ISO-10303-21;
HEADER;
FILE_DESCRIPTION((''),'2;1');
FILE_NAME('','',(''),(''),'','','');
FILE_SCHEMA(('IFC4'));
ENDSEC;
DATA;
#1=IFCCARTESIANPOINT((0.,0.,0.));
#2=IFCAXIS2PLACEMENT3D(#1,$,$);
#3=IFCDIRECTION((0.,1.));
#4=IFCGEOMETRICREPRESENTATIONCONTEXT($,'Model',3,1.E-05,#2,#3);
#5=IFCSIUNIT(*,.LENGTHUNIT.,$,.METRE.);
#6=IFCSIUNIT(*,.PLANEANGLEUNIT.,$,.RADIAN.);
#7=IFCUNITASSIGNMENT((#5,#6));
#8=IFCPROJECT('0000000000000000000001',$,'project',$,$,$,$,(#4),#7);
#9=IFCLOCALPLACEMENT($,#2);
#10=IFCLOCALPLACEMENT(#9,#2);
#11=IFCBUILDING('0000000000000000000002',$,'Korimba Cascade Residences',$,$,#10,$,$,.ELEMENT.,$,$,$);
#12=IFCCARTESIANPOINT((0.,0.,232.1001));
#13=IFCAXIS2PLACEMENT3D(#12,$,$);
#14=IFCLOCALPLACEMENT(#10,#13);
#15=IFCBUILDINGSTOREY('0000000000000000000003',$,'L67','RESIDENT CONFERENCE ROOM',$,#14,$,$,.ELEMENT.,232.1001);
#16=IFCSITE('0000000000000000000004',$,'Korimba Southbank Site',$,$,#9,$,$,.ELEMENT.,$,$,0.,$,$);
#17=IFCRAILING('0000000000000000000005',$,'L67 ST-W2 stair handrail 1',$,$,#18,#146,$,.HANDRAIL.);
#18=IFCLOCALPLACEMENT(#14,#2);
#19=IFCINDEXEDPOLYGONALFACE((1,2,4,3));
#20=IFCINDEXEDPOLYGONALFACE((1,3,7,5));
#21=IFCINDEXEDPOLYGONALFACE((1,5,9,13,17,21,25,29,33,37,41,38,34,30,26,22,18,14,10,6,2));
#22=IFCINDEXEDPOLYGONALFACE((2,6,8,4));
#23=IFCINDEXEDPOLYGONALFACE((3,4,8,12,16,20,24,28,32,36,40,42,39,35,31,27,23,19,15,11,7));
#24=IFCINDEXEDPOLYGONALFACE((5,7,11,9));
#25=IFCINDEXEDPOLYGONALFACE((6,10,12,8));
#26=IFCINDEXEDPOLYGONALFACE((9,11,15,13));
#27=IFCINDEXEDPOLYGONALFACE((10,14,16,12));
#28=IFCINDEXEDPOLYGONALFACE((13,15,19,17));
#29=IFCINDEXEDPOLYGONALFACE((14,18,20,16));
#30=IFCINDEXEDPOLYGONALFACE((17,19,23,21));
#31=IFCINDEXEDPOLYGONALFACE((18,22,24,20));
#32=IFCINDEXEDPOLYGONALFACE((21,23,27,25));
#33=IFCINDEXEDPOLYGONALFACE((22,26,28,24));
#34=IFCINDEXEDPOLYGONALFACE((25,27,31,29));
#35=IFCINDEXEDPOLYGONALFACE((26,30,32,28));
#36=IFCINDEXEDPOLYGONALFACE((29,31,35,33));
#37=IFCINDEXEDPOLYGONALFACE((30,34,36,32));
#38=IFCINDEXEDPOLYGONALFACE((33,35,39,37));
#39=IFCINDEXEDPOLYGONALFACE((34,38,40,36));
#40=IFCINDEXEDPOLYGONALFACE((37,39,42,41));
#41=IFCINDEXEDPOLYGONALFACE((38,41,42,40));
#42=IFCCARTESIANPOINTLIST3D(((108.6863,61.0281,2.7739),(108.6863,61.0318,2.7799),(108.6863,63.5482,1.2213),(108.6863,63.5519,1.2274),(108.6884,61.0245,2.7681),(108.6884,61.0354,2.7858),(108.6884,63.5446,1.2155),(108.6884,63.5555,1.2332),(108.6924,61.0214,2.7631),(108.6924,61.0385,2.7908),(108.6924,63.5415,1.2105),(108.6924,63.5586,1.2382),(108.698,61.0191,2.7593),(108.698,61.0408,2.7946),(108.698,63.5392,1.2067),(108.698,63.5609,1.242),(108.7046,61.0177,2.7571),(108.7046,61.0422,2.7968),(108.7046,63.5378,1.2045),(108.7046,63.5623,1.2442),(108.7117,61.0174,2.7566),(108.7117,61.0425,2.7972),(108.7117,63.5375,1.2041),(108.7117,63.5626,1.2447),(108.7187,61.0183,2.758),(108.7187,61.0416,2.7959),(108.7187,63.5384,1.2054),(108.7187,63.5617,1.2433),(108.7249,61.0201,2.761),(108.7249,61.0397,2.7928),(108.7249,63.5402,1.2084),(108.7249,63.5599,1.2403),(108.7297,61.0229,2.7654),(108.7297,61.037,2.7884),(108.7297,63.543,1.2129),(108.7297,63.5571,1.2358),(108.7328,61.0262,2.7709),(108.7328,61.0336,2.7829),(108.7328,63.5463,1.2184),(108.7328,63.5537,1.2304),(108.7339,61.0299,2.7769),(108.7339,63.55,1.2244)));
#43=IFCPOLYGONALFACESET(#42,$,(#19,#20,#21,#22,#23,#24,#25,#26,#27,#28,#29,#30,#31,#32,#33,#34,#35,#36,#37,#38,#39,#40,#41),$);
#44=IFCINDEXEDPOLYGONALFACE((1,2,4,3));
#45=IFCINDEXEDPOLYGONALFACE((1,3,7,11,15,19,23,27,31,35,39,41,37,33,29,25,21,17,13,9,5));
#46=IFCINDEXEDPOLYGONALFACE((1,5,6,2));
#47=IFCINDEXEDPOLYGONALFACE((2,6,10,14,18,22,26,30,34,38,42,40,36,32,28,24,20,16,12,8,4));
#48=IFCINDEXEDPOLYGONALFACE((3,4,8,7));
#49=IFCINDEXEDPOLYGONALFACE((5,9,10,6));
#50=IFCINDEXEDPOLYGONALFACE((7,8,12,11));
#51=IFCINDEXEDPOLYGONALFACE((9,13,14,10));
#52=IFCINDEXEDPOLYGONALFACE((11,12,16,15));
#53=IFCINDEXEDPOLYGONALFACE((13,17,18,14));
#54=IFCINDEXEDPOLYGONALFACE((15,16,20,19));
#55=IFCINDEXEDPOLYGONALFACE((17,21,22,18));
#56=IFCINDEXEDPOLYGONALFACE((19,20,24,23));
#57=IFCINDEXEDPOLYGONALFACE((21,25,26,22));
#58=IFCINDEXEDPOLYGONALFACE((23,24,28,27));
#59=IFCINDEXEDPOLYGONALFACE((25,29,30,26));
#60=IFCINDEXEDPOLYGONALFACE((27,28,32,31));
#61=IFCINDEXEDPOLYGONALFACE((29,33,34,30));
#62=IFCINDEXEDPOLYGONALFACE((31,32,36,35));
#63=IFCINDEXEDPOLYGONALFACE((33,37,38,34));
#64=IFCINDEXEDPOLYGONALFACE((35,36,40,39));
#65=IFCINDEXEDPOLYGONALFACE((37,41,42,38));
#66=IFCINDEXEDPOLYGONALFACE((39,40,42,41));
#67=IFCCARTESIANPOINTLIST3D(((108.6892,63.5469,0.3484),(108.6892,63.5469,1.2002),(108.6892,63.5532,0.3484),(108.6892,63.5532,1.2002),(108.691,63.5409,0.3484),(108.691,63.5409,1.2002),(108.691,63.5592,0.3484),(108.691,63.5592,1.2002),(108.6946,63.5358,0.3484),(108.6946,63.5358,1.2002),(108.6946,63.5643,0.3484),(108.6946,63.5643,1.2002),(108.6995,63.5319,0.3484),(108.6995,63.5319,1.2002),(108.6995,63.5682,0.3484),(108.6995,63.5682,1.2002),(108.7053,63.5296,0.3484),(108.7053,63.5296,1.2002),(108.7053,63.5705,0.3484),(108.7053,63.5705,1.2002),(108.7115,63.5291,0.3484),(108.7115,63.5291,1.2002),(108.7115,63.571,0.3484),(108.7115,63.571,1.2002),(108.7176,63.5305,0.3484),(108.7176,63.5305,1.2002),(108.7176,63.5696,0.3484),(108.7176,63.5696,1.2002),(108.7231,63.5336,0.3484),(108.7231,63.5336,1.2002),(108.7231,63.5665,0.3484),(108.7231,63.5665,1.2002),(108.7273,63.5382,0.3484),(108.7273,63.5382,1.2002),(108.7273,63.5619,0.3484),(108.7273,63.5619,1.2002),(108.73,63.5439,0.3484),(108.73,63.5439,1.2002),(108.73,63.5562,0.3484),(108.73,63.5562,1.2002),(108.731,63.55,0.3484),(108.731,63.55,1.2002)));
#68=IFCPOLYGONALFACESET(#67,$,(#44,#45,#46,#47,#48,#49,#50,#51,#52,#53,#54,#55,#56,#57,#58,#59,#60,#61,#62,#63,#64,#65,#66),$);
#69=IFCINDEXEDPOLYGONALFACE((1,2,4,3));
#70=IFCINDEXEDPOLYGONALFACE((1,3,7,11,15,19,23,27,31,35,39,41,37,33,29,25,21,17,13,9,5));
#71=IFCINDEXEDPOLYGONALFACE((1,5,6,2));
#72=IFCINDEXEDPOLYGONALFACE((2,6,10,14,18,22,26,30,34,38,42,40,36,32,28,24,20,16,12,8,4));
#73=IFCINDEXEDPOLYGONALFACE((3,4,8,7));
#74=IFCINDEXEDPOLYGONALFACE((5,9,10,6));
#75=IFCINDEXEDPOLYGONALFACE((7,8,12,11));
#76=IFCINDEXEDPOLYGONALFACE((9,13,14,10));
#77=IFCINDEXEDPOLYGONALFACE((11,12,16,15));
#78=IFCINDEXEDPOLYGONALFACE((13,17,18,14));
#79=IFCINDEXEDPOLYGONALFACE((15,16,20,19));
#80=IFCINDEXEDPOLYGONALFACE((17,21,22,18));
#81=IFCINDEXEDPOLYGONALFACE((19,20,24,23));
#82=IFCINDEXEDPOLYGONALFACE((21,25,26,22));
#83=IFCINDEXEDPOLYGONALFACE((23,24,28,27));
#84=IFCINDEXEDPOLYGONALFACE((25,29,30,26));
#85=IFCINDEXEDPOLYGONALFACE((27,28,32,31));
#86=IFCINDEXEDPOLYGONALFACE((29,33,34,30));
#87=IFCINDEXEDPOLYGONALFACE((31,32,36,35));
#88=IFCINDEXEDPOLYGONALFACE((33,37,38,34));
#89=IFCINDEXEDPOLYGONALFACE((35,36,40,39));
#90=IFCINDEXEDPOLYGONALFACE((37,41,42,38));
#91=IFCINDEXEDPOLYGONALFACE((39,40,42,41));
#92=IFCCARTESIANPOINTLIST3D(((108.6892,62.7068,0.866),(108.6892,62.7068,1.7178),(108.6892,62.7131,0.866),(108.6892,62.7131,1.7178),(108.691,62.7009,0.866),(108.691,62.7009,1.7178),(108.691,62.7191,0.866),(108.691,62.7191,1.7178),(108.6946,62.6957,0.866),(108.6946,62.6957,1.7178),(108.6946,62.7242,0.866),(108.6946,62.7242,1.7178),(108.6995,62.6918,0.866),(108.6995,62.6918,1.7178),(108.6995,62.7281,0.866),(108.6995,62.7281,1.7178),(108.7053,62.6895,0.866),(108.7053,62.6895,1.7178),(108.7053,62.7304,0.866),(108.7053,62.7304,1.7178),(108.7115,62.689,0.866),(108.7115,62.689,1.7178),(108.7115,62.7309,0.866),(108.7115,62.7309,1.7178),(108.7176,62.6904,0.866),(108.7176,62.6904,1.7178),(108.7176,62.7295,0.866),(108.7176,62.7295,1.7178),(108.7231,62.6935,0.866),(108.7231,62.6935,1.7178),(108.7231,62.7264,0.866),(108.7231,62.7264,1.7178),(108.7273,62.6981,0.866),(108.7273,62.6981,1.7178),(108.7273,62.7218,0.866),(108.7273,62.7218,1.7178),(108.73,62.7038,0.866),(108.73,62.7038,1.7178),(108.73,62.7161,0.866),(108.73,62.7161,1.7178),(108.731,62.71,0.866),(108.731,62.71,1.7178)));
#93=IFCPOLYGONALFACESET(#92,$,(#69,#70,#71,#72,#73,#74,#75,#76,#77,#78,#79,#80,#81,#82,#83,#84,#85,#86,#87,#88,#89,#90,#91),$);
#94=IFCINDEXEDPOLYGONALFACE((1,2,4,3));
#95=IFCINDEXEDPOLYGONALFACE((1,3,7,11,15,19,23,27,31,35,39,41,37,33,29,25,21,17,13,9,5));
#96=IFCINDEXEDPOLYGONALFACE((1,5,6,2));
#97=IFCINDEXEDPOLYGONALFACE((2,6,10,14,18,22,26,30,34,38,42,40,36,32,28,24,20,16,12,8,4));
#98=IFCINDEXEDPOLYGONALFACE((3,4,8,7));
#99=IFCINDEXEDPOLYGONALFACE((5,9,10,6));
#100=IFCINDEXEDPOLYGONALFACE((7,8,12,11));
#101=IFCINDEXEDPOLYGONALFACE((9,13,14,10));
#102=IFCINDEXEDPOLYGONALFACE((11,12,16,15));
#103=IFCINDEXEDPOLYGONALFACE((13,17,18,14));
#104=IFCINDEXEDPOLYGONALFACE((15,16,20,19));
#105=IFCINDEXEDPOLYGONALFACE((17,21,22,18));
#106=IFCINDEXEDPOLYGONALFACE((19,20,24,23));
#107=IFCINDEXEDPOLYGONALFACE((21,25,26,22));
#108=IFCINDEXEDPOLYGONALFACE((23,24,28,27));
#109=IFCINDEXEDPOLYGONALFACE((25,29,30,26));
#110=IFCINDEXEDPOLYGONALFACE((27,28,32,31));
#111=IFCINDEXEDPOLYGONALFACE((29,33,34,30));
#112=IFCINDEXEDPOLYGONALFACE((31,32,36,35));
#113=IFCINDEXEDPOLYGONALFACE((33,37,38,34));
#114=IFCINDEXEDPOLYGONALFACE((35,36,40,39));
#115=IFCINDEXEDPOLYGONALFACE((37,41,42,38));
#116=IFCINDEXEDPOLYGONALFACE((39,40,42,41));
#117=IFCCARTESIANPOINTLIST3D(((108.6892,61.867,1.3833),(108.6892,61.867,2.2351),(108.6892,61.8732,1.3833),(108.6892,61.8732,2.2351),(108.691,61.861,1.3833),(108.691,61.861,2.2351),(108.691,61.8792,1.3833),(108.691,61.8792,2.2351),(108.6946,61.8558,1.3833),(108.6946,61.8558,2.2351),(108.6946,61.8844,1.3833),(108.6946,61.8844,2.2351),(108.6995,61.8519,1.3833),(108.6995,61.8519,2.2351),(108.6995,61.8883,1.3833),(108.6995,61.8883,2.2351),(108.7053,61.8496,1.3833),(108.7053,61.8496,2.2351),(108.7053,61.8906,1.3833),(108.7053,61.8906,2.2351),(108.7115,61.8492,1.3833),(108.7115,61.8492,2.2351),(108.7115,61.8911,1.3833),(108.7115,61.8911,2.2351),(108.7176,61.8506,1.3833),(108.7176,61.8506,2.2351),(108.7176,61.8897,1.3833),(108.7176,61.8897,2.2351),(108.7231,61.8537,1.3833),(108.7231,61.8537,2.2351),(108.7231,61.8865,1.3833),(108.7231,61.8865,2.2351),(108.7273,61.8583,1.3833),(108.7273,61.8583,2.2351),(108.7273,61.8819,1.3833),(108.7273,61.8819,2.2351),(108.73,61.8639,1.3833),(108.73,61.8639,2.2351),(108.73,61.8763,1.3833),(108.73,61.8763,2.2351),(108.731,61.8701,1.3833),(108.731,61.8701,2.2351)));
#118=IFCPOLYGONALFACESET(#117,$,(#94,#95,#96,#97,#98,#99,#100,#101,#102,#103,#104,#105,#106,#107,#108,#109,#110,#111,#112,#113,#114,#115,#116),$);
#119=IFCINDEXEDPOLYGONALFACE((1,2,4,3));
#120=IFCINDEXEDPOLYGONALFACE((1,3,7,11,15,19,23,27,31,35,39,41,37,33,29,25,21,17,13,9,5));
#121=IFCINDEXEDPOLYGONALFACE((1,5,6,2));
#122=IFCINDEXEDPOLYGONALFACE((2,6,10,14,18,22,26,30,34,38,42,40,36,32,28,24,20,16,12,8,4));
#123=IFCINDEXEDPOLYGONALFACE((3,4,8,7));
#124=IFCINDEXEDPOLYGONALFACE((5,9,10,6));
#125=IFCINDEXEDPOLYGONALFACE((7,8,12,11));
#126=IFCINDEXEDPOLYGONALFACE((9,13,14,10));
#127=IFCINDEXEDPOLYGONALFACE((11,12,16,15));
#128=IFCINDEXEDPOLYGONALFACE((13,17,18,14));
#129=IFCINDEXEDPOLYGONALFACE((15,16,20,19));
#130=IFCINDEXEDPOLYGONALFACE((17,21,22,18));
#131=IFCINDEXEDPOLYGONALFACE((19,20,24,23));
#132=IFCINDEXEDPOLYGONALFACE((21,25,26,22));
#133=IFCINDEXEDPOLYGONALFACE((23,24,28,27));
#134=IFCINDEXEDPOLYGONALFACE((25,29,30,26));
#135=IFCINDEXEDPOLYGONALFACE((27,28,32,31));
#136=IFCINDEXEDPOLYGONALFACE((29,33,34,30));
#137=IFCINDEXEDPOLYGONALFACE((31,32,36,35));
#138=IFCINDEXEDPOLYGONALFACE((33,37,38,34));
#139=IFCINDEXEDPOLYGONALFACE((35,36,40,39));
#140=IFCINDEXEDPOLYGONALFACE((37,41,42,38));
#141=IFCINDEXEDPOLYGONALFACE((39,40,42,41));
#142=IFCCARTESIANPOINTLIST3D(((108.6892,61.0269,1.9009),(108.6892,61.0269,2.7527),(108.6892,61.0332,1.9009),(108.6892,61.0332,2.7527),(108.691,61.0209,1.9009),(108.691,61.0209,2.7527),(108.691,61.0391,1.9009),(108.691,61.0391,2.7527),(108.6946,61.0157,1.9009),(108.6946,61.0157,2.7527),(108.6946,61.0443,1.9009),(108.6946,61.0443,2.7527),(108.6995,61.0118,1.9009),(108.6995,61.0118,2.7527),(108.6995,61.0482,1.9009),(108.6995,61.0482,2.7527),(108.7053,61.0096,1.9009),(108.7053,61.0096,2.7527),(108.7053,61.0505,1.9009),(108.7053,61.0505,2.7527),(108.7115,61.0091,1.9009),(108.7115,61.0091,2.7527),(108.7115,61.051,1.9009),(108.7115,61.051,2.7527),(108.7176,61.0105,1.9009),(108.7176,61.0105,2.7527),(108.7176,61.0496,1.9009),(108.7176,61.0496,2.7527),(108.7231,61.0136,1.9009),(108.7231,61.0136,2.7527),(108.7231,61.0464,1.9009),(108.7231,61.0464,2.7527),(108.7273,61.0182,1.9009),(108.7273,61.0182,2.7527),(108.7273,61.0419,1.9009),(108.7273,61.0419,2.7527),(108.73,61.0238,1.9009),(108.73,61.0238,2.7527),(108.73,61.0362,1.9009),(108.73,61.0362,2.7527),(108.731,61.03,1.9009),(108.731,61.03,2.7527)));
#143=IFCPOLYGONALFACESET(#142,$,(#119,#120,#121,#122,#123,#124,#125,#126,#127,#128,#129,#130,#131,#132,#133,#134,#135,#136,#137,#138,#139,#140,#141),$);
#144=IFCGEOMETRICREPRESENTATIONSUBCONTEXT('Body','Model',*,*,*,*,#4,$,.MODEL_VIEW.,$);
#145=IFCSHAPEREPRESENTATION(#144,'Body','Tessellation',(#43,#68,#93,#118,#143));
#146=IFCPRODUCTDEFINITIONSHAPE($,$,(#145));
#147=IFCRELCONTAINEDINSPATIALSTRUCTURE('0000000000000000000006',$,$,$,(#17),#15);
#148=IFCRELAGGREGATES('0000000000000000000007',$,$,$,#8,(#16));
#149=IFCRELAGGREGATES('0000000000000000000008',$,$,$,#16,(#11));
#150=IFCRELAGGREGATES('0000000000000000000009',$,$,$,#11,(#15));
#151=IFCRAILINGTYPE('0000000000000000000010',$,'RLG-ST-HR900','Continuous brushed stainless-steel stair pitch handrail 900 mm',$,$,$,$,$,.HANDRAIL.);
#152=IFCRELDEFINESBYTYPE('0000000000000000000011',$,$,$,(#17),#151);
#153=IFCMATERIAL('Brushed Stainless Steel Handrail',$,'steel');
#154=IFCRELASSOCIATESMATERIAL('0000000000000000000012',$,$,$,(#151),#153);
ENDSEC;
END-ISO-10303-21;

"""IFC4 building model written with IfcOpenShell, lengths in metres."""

from ifc_helpers import new_model, si_unit, direction, frame, origin, origin_2d, place, context, subcontext, project, spatial, circle, extrude, material, type_object, element, save


model = new_model("IFC4")

# Units and contexts
model_context = context("Model", 3, precision=1e-05, world=origin(), true_north=direction((0.0, 1.0)))
body_context = subcontext(model_context, "Body", "Model", "MODEL_VIEW")
ifc_project = project(units=[si_unit("LENGTHUNIT", "METRE"), si_unit("PLANEANGLEUNIT", "RADIAN")], contexts=[model_context])

# Site, building, storey
site_placement = place(None, origin())
site = spatial("IfcSite", under=ifc_project, at=site_placement, Name="Korimba Southbank Site", CompositionType="ELEMENT", RefElevation=0.0)
building_placement = place(site_placement, origin())
building = spatial("IfcBuilding", under=site, at=building_placement, Name="Korimba Cascade Residences", CompositionType="ELEMENT")
storey_placement = place(building_placement, frame((0.0, 0.0, 232.1001)))
storey = spatial("IfcBuildingStorey", under=building, at=storey_placement, Name="L67", Description="RESIDENT CONFERENCE ROOM", CompositionType="ELEMENT", Elevation=232.1001)

# Railing
ifc_material_1 = material(Name="Brushed Stainless Steel Handrail", Category="steel")
railing_type_1 = type_object("IfcRailingType", Name="RLG-ST-HR900", Description="Continuous brushed stainless-steel stair pitch handrail 900 mm", PredefinedType="HANDRAIL", material=ifc_material_1)
railing_1_placement = place(storey_placement, frame((108.71, 63.55, 0.3484)))
element("IfcRailing", 1, at=railing_1_placement, inside=storey, type_object=railing_type_1, Name="L67 ST-W2 stair handrail 1", PredefinedType="HANDRAIL", context=body_context, shape_type="SweptSolid", body=[
    extrude(circle(Radius=0.0239, at=origin_2d()), frame((0.0, 0.0, 0.876), z_axis=(0.0, -0.8514, 0.524516), x_axis=(1.0, 0.0, 0.0)), (0.0, 0.0, 1.0), 2.96),
    extrude(circle(Radius=0.021, at=origin_2d()), origin(), (0.0, 0.0, 1.0), 0.8518),
    extrude(circle(Radius=0.021, at=origin_2d()), frame((0.0, -0.8401, 0.5176)), (0.0, 0.0, 1.0), 0.8518),
    extrude(circle(Radius=0.021, at=origin_2d()), frame((0.0, -1.6799, 1.0349)), (0.0, 0.0, 1.0), 0.8518),
    extrude(circle(Radius=0.021, at=origin_2d()), frame((0.0, -2.52, 1.5525)), (0.0, 0.0, 1.0), 0.8518),
])

save(model, "model.ifc")
